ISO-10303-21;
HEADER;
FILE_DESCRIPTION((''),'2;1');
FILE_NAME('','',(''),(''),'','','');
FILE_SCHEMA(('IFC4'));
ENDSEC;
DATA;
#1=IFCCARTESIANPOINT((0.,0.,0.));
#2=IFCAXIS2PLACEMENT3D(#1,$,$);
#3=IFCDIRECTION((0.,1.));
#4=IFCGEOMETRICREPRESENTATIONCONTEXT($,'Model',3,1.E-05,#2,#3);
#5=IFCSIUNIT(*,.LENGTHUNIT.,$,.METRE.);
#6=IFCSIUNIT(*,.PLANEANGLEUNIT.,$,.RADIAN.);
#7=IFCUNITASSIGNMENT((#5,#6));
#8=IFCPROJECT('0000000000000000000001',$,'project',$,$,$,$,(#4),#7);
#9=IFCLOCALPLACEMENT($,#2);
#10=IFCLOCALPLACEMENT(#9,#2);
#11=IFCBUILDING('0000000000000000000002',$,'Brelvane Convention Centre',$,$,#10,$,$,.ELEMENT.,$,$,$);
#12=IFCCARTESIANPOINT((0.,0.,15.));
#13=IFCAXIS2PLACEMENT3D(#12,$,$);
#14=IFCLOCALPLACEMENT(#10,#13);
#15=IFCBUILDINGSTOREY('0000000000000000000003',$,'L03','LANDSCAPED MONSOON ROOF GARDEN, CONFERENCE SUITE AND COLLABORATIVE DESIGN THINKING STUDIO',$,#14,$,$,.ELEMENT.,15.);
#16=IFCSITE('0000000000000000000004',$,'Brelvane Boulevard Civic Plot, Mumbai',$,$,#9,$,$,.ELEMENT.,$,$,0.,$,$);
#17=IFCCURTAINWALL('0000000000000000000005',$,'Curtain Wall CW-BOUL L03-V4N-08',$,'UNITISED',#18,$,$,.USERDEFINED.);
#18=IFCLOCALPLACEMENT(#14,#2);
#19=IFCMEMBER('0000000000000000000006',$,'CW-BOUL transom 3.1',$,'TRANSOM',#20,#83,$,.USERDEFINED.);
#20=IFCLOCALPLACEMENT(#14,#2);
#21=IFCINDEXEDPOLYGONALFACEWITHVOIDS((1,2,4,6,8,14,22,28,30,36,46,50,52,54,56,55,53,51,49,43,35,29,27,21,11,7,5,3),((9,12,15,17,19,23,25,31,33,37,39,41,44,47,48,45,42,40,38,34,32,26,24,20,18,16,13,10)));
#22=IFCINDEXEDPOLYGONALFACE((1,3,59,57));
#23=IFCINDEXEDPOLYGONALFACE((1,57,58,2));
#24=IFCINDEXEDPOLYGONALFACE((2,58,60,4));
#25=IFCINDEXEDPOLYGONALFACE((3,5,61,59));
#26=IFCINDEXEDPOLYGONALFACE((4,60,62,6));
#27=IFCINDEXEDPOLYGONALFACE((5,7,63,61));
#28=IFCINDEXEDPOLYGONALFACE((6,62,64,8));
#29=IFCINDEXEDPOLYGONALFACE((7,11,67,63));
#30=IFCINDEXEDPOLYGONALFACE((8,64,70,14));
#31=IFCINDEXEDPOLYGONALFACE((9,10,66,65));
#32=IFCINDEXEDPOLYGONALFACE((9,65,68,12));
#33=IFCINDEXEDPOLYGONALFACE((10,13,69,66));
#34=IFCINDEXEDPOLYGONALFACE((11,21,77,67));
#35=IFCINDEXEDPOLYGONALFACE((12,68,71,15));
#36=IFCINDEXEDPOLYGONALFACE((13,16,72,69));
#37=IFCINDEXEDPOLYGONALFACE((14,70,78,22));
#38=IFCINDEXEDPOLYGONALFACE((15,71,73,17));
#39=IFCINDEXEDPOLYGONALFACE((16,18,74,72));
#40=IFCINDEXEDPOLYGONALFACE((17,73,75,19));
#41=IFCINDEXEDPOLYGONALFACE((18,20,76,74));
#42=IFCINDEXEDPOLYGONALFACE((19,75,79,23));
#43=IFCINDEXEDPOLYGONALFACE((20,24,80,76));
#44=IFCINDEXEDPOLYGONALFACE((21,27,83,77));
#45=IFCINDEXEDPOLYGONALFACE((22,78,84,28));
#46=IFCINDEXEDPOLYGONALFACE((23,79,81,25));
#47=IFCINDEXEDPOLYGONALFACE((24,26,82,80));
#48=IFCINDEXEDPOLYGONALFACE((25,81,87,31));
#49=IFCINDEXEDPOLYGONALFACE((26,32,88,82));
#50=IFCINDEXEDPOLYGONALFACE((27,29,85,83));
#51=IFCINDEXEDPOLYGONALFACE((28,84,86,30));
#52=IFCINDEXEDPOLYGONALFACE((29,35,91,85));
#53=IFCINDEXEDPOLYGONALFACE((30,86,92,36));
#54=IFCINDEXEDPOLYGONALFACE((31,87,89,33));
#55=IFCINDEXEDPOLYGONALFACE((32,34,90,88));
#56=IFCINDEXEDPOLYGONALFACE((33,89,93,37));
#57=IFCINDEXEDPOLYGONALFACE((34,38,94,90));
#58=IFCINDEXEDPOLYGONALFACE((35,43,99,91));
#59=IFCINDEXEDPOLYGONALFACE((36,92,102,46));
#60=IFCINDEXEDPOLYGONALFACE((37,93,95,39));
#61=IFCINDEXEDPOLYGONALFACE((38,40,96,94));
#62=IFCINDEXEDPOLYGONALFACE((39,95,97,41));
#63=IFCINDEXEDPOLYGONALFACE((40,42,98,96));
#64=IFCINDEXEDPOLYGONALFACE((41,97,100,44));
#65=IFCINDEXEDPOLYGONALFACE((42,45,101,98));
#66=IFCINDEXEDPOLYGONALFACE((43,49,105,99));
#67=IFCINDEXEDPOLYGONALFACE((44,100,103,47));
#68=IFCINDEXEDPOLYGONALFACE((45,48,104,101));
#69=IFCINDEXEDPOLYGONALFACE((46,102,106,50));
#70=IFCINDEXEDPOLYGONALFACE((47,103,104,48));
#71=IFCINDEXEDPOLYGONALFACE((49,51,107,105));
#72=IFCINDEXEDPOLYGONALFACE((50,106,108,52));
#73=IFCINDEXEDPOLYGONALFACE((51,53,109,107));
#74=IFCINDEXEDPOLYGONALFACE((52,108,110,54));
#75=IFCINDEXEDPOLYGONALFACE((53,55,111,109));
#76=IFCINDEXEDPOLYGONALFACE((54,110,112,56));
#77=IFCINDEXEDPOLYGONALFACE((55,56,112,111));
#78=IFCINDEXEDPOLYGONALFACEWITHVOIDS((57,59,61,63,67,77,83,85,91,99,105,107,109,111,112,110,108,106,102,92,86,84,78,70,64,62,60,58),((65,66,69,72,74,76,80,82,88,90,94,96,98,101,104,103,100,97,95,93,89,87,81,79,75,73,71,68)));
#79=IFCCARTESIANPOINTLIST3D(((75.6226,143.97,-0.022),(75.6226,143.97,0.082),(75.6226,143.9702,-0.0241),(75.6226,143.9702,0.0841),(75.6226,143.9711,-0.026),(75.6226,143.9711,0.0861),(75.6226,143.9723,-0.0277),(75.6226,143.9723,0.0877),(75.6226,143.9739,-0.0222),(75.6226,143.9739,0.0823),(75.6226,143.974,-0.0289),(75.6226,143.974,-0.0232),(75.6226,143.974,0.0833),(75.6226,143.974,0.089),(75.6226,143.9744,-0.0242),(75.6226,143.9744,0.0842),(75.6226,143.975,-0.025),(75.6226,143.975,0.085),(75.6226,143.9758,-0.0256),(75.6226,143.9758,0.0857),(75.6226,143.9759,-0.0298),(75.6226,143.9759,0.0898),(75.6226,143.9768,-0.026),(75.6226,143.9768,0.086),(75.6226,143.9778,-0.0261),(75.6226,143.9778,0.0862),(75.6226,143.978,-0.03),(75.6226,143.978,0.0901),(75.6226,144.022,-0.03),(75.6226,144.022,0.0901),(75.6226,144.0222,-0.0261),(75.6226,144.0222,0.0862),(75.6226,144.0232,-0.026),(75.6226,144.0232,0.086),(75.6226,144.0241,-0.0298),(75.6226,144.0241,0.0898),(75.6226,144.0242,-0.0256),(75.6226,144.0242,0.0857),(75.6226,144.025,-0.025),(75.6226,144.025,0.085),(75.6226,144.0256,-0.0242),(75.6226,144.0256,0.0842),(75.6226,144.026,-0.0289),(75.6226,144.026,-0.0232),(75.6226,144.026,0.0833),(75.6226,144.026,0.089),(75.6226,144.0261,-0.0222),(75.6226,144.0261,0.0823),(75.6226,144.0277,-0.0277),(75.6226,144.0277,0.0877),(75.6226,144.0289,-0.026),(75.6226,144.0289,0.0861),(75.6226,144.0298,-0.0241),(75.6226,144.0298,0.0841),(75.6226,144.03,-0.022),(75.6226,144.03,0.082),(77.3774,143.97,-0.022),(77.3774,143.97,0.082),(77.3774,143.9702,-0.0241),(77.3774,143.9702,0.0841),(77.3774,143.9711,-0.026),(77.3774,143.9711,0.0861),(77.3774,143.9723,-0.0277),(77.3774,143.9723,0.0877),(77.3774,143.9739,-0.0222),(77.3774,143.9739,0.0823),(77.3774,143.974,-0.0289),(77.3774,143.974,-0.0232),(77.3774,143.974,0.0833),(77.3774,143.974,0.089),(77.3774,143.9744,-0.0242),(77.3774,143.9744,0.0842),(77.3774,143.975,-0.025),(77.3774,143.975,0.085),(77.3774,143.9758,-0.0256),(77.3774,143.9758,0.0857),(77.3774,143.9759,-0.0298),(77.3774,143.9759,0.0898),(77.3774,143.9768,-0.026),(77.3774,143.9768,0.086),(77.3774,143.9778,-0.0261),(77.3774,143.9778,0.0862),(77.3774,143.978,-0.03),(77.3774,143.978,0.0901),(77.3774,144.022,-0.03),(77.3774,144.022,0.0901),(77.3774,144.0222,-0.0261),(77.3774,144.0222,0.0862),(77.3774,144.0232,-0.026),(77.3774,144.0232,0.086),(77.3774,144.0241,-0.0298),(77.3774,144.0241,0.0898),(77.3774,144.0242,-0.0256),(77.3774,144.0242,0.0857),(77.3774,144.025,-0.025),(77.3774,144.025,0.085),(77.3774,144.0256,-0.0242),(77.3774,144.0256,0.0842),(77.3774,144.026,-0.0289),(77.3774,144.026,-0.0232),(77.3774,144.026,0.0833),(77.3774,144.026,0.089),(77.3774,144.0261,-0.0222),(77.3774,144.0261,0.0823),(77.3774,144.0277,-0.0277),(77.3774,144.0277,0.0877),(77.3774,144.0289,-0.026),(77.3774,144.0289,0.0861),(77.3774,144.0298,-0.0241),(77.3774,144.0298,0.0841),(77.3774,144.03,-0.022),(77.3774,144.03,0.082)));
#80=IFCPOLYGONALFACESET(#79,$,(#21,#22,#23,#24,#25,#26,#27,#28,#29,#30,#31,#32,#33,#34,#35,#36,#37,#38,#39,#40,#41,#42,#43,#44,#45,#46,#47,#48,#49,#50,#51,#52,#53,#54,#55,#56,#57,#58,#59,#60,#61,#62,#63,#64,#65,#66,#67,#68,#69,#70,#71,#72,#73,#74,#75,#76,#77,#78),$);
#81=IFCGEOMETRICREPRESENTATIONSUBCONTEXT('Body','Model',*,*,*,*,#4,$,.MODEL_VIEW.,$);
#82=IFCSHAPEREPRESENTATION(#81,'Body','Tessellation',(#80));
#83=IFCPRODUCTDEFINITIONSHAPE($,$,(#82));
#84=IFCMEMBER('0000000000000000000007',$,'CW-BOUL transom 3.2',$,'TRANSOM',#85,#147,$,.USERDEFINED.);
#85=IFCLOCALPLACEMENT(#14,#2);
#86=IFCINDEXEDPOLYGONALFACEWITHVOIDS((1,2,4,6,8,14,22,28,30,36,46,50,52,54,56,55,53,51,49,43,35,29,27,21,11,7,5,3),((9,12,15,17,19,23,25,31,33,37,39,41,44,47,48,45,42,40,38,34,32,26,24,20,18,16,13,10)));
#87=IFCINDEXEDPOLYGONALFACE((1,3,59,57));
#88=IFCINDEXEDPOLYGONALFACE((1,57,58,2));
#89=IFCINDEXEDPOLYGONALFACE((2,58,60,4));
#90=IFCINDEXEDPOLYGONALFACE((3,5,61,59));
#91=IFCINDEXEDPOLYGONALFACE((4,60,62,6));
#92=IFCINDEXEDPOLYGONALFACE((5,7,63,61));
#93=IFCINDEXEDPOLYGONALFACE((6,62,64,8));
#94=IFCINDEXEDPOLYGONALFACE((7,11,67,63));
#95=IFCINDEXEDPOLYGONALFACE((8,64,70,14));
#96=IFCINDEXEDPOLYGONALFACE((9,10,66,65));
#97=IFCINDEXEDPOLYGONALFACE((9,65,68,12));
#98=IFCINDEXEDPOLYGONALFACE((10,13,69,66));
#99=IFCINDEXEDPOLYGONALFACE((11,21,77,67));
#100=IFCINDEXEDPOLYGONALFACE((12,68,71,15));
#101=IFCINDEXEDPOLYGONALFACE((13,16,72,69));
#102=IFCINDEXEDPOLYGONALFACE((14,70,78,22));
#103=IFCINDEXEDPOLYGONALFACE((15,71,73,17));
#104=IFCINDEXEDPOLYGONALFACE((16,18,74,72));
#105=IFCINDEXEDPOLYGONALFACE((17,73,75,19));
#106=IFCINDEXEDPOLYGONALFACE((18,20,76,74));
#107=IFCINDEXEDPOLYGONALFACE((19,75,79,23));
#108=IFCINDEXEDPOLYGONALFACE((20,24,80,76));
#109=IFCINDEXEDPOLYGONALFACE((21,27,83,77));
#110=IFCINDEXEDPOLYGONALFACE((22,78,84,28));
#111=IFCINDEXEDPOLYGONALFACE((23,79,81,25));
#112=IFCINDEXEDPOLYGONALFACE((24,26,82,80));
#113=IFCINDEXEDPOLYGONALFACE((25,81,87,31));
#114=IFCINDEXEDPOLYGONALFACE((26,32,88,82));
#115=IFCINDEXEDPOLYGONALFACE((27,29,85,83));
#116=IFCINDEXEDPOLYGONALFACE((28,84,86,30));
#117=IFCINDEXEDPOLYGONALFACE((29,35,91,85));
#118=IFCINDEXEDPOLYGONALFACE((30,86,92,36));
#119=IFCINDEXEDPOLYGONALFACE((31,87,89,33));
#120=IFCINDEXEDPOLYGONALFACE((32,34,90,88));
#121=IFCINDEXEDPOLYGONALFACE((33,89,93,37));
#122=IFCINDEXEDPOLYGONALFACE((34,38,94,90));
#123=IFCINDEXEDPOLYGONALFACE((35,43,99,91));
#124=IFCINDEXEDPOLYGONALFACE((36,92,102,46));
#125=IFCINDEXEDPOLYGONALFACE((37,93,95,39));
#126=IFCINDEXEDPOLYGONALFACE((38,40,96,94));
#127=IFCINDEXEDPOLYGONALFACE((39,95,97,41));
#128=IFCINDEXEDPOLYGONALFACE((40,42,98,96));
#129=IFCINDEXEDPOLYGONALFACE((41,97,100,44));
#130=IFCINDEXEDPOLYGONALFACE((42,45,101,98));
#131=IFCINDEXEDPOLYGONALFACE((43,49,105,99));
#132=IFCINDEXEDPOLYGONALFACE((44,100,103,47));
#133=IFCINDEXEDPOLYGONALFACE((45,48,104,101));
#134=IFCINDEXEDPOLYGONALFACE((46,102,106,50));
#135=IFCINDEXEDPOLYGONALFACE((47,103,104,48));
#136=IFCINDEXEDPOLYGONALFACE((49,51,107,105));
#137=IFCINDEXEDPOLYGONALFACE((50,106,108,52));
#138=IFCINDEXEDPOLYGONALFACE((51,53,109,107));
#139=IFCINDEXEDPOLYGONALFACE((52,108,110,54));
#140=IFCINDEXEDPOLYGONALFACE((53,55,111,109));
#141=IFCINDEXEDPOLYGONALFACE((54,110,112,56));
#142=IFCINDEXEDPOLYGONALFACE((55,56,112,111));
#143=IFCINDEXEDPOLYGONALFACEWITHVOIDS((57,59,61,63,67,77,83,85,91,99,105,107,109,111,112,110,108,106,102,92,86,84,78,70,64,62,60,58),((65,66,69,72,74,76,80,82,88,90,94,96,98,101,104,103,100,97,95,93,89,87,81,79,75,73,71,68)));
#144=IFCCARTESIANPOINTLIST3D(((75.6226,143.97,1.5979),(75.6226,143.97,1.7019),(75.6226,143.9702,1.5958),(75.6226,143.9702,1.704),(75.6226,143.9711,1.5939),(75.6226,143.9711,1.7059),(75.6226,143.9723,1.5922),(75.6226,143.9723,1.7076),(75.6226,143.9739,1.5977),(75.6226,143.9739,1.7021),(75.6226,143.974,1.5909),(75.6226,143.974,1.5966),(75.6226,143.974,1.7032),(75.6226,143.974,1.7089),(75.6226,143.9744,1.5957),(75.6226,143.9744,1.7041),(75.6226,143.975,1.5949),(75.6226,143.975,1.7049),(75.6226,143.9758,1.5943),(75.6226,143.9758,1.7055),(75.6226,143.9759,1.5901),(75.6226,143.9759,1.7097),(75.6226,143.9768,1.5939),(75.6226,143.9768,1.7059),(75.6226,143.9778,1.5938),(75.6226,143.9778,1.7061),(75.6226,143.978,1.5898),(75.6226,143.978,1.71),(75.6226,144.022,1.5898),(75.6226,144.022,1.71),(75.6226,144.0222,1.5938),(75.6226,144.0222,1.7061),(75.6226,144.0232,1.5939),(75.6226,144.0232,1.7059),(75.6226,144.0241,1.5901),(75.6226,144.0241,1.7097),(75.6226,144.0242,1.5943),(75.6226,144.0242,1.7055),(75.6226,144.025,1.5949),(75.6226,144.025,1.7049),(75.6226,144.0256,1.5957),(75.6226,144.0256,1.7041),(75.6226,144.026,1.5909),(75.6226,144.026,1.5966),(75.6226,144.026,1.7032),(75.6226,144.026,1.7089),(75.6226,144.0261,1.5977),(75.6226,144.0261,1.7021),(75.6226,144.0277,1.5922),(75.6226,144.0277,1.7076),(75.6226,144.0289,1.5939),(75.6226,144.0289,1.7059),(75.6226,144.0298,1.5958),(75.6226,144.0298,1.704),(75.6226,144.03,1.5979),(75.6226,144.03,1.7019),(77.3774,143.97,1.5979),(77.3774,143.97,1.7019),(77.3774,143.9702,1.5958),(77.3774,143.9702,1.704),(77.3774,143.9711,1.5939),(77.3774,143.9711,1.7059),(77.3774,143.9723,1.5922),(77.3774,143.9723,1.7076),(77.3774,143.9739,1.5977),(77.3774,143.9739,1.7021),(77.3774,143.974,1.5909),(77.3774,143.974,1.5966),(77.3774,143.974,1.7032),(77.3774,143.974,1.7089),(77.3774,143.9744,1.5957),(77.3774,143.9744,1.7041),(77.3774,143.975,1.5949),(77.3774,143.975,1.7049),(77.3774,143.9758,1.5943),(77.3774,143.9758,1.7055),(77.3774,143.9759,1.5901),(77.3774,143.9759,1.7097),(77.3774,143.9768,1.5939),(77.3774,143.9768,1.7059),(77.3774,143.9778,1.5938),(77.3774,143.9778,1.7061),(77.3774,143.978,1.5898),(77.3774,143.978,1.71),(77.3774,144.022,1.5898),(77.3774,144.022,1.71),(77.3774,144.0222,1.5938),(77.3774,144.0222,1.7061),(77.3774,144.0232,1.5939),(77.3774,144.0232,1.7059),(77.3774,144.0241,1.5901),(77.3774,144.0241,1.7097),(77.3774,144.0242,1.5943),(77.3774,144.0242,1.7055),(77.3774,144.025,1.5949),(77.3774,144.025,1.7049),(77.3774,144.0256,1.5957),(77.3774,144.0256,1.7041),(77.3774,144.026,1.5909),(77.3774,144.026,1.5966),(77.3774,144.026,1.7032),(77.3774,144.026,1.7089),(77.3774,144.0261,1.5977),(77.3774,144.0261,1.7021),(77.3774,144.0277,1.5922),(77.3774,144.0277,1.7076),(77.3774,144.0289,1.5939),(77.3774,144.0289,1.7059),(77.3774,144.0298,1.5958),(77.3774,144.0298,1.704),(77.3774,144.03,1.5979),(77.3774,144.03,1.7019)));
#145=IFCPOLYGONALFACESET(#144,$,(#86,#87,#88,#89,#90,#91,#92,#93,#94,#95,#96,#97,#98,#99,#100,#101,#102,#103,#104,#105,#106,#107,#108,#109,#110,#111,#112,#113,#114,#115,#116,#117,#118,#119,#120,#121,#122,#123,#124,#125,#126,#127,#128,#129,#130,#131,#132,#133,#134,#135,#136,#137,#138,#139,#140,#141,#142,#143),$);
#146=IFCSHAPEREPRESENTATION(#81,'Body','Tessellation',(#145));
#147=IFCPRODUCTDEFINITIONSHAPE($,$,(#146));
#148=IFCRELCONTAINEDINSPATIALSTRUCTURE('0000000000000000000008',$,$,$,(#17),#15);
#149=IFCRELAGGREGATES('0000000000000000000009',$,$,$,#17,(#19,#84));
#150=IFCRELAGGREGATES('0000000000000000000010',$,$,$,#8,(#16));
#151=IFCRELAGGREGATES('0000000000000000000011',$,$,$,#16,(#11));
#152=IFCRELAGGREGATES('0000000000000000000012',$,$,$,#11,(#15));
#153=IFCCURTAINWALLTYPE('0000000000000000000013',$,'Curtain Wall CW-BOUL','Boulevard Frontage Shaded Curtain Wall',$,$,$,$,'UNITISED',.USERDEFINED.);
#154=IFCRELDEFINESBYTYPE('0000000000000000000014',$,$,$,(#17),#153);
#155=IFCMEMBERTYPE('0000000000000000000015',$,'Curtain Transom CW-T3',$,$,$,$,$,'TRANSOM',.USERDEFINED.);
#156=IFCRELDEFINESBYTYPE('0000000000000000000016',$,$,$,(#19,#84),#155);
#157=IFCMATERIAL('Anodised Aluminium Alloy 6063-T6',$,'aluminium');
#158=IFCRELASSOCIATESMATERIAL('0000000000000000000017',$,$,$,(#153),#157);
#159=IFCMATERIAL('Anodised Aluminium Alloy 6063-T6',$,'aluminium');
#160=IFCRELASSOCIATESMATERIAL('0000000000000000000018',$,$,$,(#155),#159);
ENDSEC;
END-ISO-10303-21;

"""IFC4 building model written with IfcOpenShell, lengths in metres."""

from ifc_helpers import new_model, si_unit, direction, frame, origin, origin_2d, place, context, subcontext, project, spatial, hollow_rectangle, extrude, material, material_profile, profile_set, type_object, element, aggregate, save


model = new_model("IFC4")

# Units and contexts
model_context = context("Model", 3, precision=1e-05, world=origin(), true_north=direction((0.0, 1.0)))
body_context = subcontext(model_context, "Body", "Model", "MODEL_VIEW")
ifc_project = project(units=[si_unit("LENGTHUNIT", "METRE"), si_unit("PLANEANGLEUNIT", "RADIAN")], contexts=[model_context])

# Site, building, storey
site_placement = place(None, origin())
site = spatial("IfcSite", under=ifc_project, at=site_placement, Name="Brelvane Boulevard Civic Plot, Mumbai", CompositionType="ELEMENT", RefElevation=0.0)
building_placement = place(site_placement, origin())
building = spatial("IfcBuilding", under=site, at=building_placement, Name="Brelvane Convention Centre", CompositionType="ELEMENT")
storey_placement = place(building_placement, frame((0.0, 0.0, 15.0)))
storey = spatial("IfcBuildingStorey", under=building, at=storey_placement, Name="L03", Description="LANDSCAPED MONSOON ROOF GARDEN, CONFERENCE SUITE AND COLLABORATIVE DESIGN THINKING STUDIO", CompositionType="ELEMENT", Elevation=15.0)

# Curtain wall, members
ifc_material_1 = material(Name="Anodised Aluminium Alloy 6063-T6", Category="aluminium")
curtain_wall_type = type_object("IfcCurtainWallType", Name="Curtain Wall CW-BOUL", Description="Boulevard Frontage Shaded Curtain Wall", ElementType="UNITISED", PredefinedType="USERDEFINED", material=ifc_material_1)
curtain_wall_placement = place(storey_placement, origin())
curtain_wall = element("IfcCurtainWall", 1, at=curtain_wall_placement, inside=storey, type_object=curtain_wall_type, Name="Curtain Wall CW-BOUL L03-V4N-08", ObjectType="UNITISED", PredefinedType="USERDEFINED")
ifc_material_2 = material(Name="Anodised Aluminium Alloy 6063-T6", Category="aluminium")
ifc_material_profile_1 = material_profile(ifc_material_2, hollow_rectangle(XDim=0.0601, YDim=0.1201, WallThickness=0.0039, InnerFilletRadius=0.0039, OuterFilletRadius=0.0081, at=origin_2d()), Name="ALU-T 120x60x4.0")
ifc_profile_set_1 = profile_set([ifc_material_profile_1], Name="Anodised Aluminium Alloy 6063-T6")
member_type_1 = type_object("IfcMemberType", Name="Curtain Transom CW-T3", ElementType="TRANSOM", PredefinedType="USERDEFINED", material=ifc_profile_set_1)
member_1_placement = place(storey_placement, frame((75.6226, 144.0, 0.03), z_axis=(1.0, 0.0, 0.0), x_axis=(0.0, 1.0, 0.0)))
member_1 = element("IfcMember", 2, at=member_1_placement, type_object=member_type_1, Name="CW-BOUL transom 3.1", ObjectType="TRANSOM", PredefinedType="USERDEFINED", context=body_context, shape_type="SweptSolid", body=[
    extrude(hollow_rectangle(XDim=0.0601, YDim=0.1201, WallThickness=0.0039, InnerFilletRadius=0.0039, OuterFilletRadius=0.0081, at=origin_2d()), origin(), (0.0, 0.0, 1.0), 1.7549),
])
member_2_placement = place(storey_placement, frame((75.6226, 144.0, 1.6499), z_axis=(1.0, 0.0, 0.0), x_axis=(0.0, 1.0, 0.0)))
member_2 = element("IfcMember", 3, at=member_2_placement, type_object=member_type_1, Name="CW-BOUL transom 3.2", ObjectType="TRANSOM", PredefinedType="USERDEFINED", context=body_context, shape_type="SweptSolid", body=[
    extrude(hollow_rectangle(XDim=0.0601, YDim=0.1201, WallThickness=0.0039, InnerFilletRadius=0.0039, OuterFilletRadius=0.0081, at=origin_2d()), origin(), (0.0, 0.0, 1.0), 1.7549),
])

aggregate(curtain_wall, [member_1, member_2])

save(model, "model.ifc")
